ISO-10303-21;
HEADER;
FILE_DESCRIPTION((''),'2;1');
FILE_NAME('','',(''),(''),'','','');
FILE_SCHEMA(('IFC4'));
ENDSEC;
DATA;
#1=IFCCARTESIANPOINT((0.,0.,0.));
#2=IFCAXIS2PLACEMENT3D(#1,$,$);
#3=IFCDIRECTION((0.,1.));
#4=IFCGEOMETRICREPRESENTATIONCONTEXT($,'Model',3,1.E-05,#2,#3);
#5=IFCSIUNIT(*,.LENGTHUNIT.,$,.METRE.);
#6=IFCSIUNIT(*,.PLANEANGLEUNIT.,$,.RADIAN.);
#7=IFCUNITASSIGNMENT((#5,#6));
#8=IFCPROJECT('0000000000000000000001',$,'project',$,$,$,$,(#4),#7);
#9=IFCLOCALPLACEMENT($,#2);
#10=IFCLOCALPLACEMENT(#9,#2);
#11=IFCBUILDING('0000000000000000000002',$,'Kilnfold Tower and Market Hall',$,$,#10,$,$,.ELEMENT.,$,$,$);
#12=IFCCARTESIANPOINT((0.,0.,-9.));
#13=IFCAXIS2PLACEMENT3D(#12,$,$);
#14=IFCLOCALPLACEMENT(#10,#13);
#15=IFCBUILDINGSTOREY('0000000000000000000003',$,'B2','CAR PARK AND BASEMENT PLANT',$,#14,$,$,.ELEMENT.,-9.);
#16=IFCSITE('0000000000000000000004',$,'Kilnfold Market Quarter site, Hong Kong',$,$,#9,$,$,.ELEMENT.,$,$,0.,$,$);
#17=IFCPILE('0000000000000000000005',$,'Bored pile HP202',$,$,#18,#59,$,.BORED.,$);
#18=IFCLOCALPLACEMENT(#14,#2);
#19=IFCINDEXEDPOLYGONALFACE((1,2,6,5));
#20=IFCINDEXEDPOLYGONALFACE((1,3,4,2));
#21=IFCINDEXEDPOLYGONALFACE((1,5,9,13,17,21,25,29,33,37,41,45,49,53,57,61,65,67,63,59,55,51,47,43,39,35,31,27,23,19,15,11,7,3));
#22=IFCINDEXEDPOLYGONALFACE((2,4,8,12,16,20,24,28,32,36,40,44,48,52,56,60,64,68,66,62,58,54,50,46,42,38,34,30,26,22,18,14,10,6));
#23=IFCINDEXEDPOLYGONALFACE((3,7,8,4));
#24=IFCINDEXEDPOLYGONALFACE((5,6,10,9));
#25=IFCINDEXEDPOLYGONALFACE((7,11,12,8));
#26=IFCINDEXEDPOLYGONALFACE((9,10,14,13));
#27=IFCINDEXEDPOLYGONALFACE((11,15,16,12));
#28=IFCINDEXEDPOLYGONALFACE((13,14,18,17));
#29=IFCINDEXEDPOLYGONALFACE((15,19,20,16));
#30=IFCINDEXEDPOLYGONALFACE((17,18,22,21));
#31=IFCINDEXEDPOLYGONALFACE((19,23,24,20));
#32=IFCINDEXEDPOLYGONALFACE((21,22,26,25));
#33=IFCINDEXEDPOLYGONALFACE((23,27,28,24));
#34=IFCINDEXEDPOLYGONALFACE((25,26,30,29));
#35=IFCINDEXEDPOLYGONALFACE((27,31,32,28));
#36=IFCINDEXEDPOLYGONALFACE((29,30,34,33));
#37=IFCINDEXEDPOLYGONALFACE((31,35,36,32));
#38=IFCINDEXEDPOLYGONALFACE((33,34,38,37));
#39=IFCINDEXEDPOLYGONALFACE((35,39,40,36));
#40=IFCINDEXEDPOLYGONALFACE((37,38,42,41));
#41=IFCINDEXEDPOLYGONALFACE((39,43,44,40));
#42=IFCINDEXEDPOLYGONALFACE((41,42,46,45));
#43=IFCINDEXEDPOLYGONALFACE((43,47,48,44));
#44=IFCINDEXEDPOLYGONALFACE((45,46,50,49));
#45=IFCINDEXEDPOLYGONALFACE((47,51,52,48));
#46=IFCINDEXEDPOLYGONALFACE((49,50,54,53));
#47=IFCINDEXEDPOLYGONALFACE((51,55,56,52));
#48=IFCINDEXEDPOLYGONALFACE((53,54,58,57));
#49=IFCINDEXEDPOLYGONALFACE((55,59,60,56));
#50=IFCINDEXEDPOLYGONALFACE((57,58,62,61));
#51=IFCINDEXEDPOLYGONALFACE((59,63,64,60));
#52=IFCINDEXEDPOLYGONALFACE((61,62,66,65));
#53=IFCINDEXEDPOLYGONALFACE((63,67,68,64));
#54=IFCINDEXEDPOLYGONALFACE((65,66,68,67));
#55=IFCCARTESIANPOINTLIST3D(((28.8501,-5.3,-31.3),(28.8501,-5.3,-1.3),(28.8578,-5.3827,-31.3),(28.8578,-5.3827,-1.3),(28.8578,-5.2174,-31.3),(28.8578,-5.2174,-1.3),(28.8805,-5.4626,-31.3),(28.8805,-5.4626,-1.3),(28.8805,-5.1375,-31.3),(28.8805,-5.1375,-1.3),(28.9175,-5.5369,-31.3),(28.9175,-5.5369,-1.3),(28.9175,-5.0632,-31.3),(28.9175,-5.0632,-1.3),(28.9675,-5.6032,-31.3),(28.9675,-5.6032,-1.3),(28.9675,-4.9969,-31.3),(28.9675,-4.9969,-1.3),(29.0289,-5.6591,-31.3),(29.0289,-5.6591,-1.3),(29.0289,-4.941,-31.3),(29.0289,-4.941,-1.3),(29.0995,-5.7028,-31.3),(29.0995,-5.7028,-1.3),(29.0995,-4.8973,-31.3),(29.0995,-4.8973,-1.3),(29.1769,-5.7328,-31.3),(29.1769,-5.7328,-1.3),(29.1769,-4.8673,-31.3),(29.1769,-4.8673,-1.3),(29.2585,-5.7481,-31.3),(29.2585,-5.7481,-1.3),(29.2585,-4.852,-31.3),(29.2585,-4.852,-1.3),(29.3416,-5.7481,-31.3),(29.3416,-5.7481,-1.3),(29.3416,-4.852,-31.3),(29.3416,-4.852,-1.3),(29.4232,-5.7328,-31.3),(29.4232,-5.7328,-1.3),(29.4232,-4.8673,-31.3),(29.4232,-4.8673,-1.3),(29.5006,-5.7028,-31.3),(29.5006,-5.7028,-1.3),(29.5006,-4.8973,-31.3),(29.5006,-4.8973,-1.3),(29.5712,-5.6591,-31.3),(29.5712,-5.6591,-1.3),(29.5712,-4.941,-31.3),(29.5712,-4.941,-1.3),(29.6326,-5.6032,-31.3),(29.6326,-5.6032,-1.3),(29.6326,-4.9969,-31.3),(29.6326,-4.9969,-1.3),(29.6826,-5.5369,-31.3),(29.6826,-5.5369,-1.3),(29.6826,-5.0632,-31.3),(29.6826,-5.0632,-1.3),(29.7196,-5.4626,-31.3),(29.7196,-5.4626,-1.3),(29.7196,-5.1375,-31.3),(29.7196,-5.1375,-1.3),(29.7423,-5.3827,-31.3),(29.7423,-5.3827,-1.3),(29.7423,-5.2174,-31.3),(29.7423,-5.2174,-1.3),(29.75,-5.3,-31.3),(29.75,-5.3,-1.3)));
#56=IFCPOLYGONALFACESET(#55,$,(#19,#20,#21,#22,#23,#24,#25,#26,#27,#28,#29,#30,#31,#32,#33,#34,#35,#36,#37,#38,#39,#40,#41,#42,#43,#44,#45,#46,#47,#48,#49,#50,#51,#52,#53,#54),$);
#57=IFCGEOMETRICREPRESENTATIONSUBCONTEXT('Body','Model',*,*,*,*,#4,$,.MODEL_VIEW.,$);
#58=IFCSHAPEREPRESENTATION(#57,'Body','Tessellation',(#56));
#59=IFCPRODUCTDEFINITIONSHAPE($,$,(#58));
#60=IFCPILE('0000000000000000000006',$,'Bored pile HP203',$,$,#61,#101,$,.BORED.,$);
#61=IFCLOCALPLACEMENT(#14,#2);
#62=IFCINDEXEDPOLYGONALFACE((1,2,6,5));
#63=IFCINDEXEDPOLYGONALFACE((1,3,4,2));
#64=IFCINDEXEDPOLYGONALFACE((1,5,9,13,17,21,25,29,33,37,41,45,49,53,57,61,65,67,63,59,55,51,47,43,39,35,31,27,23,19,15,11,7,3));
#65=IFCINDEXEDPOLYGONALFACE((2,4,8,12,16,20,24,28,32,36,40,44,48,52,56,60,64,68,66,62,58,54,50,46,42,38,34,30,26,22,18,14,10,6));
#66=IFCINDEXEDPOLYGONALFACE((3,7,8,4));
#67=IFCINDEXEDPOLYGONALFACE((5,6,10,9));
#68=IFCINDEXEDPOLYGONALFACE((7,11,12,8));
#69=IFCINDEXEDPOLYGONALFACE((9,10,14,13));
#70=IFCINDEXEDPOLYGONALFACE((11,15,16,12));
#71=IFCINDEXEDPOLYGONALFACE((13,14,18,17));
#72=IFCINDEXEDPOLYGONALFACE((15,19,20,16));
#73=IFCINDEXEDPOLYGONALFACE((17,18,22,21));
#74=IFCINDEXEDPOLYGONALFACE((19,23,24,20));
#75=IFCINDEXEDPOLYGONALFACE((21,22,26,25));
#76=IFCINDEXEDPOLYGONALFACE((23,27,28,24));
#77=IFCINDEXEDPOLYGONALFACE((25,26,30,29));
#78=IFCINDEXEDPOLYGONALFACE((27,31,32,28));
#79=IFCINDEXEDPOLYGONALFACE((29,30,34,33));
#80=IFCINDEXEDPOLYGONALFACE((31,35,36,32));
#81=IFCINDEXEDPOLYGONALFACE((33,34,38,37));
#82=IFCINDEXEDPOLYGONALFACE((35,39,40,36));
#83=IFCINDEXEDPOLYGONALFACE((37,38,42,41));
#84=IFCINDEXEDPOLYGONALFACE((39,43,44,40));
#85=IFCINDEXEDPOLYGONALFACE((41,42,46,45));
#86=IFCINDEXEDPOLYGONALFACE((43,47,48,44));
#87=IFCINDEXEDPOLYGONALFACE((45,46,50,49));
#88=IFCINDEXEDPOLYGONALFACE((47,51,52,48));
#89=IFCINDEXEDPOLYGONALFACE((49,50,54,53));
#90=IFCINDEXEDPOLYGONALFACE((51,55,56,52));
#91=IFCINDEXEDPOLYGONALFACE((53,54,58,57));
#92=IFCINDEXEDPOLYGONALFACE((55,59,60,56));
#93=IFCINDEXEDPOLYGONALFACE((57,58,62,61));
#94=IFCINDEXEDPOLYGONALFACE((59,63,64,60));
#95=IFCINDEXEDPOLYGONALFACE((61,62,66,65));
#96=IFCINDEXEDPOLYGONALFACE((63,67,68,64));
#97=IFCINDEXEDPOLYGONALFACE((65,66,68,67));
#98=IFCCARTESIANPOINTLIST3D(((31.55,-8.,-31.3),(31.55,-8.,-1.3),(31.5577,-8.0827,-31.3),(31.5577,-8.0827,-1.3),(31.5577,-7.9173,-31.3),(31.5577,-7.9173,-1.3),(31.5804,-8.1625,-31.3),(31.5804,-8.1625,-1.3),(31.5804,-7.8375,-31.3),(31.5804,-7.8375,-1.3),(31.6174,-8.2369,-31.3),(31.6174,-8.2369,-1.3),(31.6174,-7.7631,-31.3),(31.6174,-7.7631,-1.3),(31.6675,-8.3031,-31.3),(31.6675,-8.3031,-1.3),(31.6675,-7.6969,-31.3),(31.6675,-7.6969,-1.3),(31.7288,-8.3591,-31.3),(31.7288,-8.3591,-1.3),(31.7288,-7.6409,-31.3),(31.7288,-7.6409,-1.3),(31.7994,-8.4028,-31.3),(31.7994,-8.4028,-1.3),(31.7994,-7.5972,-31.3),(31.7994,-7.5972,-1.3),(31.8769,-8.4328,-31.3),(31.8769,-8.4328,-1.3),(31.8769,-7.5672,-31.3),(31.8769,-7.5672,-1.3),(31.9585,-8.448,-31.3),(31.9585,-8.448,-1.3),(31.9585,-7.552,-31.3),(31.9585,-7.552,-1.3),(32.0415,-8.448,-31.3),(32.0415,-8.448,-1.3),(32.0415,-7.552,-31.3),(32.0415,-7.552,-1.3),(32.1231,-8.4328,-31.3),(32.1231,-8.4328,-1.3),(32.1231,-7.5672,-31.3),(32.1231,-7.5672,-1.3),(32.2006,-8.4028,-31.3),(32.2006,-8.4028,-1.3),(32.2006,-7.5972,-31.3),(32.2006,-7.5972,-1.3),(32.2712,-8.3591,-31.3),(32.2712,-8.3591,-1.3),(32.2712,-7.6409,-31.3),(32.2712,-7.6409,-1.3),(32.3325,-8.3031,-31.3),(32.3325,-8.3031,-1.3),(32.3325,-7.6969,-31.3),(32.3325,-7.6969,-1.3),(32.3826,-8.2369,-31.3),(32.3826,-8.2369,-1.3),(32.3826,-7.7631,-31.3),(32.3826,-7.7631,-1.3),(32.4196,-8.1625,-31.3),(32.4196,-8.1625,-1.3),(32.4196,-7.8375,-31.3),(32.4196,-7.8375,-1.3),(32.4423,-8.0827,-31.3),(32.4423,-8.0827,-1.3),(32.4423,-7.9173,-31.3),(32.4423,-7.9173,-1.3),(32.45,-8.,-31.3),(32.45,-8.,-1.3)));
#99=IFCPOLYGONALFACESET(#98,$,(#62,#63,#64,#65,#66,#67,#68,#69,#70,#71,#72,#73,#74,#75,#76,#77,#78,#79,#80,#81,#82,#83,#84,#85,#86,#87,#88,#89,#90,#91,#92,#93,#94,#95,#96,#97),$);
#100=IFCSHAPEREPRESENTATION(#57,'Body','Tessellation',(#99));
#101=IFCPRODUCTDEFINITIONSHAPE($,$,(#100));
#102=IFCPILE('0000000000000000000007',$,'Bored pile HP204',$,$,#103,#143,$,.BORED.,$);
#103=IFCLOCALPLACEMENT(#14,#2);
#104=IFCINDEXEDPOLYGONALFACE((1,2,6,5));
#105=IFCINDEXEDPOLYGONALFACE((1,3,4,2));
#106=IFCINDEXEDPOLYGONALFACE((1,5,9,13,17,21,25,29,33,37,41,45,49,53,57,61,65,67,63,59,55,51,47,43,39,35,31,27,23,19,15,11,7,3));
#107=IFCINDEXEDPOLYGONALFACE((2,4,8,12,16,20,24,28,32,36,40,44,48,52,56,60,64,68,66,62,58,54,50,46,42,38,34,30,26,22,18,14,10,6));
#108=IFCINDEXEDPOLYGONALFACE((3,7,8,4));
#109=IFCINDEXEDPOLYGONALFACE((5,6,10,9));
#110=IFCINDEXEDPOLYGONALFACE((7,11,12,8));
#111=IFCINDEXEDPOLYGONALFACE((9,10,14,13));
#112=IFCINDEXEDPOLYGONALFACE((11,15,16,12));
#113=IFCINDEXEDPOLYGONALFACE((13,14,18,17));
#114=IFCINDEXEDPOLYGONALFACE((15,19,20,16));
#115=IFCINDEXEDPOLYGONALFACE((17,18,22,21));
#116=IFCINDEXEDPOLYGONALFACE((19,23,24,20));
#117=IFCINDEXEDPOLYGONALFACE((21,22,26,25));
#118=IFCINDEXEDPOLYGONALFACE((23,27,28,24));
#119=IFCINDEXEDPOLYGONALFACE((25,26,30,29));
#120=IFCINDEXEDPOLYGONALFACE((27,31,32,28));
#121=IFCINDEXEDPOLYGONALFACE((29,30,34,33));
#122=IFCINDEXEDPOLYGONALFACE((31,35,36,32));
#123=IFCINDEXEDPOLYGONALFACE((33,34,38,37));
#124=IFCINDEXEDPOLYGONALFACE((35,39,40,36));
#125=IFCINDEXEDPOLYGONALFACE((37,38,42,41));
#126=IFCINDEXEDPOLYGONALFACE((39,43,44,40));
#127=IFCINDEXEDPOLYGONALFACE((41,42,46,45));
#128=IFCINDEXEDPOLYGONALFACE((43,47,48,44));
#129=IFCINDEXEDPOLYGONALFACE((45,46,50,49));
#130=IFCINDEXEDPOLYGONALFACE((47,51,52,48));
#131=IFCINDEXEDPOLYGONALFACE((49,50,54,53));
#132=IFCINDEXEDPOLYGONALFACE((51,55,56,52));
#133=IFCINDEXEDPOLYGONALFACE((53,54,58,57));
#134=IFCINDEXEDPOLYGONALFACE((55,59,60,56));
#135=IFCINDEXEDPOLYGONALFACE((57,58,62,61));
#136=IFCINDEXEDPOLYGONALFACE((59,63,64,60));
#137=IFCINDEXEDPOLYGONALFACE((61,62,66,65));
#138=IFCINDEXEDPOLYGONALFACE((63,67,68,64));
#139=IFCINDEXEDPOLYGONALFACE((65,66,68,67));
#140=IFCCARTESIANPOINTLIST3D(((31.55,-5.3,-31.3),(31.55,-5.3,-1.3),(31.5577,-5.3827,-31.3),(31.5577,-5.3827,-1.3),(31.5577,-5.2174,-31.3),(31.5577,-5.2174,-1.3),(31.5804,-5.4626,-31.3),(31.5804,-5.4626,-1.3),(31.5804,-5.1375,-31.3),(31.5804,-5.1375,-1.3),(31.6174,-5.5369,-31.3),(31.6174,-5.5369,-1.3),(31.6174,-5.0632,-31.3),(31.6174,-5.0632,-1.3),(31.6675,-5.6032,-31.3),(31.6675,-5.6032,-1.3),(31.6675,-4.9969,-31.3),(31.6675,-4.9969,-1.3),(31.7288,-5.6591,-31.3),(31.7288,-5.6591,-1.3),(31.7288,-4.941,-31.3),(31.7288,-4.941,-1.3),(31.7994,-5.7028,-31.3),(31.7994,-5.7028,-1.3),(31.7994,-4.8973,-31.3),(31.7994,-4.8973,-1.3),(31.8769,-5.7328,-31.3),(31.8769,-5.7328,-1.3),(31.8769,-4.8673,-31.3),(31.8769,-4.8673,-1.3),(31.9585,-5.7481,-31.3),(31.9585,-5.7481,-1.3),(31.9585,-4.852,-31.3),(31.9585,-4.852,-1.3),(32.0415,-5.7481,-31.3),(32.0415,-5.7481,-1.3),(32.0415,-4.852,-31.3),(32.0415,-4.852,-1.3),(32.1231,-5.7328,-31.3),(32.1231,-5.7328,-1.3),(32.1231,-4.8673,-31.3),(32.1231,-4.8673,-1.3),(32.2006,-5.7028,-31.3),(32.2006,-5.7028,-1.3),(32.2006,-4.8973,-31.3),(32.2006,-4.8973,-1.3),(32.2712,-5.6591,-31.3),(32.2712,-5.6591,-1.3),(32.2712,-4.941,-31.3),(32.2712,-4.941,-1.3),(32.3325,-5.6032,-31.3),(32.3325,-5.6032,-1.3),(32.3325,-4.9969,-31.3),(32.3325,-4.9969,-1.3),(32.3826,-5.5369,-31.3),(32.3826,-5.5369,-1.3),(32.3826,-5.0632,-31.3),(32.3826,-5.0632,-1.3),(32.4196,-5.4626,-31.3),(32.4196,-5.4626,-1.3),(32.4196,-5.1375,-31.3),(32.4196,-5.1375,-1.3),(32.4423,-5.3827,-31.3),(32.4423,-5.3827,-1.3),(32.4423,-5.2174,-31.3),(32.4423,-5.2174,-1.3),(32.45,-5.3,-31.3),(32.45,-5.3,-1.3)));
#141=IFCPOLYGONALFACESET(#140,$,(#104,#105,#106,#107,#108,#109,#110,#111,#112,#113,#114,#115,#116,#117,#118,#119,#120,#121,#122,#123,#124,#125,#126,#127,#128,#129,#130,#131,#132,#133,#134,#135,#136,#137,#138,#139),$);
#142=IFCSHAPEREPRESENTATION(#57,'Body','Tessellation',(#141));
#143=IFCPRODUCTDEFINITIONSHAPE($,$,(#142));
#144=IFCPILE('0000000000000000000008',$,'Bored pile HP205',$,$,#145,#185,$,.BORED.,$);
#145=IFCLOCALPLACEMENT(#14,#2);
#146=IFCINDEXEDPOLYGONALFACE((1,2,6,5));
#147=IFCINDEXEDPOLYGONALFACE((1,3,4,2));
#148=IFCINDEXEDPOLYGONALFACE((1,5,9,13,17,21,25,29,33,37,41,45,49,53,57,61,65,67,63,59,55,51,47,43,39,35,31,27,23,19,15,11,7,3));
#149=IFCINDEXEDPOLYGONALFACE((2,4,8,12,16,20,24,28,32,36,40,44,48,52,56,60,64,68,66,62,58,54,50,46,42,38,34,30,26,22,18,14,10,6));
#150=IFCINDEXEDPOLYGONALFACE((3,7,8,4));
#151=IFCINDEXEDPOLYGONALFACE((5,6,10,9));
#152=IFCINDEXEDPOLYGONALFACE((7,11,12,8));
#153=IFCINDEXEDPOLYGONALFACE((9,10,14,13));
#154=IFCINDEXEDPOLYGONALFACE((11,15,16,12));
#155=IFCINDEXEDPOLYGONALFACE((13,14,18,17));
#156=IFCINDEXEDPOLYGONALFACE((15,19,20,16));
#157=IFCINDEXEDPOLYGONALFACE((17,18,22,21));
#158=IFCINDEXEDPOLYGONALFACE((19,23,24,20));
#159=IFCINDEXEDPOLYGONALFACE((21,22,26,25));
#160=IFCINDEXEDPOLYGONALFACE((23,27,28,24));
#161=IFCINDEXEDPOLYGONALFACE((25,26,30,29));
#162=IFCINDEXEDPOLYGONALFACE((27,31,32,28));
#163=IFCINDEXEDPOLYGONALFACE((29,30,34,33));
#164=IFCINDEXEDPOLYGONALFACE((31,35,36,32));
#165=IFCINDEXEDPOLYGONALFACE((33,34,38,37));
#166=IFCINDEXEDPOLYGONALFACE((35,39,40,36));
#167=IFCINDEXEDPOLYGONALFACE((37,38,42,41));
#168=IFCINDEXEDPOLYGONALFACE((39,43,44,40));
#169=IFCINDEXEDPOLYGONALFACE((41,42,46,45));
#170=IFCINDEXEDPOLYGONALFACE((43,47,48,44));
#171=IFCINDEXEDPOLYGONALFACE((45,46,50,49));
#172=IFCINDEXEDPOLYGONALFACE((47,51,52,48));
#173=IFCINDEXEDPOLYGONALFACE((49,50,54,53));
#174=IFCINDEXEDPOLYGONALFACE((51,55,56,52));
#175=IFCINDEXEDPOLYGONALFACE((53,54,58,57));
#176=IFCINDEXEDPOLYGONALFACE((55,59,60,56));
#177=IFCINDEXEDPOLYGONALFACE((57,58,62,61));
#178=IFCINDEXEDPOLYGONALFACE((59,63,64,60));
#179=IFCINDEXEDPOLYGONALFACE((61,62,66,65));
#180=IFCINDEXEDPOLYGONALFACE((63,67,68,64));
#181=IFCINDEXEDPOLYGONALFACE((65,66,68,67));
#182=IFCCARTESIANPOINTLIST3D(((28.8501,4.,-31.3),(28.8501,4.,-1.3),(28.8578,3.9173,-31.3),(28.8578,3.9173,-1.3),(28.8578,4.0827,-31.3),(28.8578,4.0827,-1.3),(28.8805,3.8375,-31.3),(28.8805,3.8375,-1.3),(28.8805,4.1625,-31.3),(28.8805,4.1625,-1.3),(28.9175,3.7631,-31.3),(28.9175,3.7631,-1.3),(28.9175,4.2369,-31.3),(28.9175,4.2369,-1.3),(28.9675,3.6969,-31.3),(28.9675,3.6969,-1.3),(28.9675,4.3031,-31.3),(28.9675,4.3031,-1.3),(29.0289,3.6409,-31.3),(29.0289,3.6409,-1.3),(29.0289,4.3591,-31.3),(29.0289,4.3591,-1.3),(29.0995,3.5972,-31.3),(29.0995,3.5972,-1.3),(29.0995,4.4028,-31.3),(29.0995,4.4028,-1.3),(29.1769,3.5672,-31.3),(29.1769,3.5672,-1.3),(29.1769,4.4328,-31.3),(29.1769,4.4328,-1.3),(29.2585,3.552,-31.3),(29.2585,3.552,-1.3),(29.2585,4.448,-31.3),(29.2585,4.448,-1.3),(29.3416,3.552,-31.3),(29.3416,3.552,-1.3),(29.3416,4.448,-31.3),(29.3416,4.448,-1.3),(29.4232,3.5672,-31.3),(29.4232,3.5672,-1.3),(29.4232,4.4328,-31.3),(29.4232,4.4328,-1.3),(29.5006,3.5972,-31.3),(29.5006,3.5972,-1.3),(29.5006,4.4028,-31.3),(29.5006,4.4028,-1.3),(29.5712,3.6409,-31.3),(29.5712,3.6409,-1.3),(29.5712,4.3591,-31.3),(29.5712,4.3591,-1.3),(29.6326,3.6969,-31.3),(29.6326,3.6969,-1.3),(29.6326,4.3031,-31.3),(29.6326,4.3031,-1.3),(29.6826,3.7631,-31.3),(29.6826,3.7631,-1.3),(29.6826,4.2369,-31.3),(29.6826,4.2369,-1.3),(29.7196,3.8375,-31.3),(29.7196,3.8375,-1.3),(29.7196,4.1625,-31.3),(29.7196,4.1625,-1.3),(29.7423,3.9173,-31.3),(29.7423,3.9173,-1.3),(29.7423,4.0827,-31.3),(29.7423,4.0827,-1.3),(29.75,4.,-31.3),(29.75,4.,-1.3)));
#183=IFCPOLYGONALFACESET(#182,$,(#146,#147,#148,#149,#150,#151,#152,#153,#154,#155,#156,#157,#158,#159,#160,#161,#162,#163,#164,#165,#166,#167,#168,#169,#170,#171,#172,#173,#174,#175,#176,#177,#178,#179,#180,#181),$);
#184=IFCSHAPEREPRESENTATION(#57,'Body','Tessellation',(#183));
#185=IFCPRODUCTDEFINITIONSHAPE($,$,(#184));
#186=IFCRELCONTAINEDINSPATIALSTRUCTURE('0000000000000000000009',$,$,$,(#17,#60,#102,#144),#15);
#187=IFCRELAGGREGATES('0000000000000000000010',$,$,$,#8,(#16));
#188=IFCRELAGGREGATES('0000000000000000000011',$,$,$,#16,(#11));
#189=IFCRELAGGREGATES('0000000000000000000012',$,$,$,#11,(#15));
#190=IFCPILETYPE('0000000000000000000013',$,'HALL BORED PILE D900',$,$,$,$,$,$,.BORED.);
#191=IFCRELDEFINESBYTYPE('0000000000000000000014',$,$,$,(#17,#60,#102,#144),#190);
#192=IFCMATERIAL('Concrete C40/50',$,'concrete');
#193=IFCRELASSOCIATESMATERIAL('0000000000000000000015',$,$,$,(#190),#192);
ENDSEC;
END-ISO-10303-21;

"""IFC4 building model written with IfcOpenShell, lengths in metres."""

from ifc_helpers import new_model, si_unit, direction, frame, origin, origin_2d, place, context, subcontext, project, spatial, circle, extrude, source, transform, mapped, material, material_profile, profile_set, type_object, element, save


model = new_model("IFC4")

# Units and contexts
model_context = context("Model", 3, precision=1e-05, world=origin(), true_north=direction((0.0, 1.0)))
body_context = subcontext(model_context, "Body", "Model", "MODEL_VIEW")
ifc_project = project(units=[si_unit("LENGTHUNIT", "METRE"), si_unit("PLANEANGLEUNIT", "RADIAN")], contexts=[model_context])

# Site, building, storey
site_placement = place(None, origin())
site = spatial("IfcSite", under=ifc_project, at=site_placement, Name="Kilnfold Market Quarter site, Hong Kong", CompositionType="ELEMENT", RefElevation=0.0)
building_placement = place(site_placement, origin())
building = spatial("IfcBuilding", under=site, at=building_placement, Name="Kilnfold Tower and Market Hall", CompositionType="ELEMENT")
storey_placement = place(building_placement, frame((0.0, 0.0, -9.0)))
storey = spatial("IfcBuildingStorey", under=building, at=storey_placement, Name="B2", Description="CAR PARK AND BASEMENT PLANT", CompositionType="ELEMENT", Elevation=-9.0)

# Piles
ifc_material_1 = material(Name="Concrete C40/50", Category="concrete")
ifc_material_profile_1 = material_profile(ifc_material_1, circle(Radius=0.45, at=origin_2d()), Name="D900")
ifc_profile_set_1 = profile_set([ifc_material_profile_1], Name="Concrete C40/50")
pile_type = type_object("IfcPileType", Name="HALL BORED PILE D900", PredefinedType="BORED", material=ifc_profile_set_1)
shared_shape_1 = source(origin(), body_context, "Body", "SweptSolid", [
    extrude(circle(Radius=0.45, at=origin_2d()), origin(), (0.0, 0.0, 1.0), 30.0),
])
for number, where, z_axis, x_axis, name in (
    (1, (29.3, -5.3, -1.3), (0.0, 0.0, -1.0), (1.0, 0.0, 0.0), "Bored pile HP202"),
    (2, (32.0, -8.0, -1.3), (0.0, 0.0, -1.0), (1.0, 0.0, 0.0), "Bored pile HP203"),
    (3, (32.0, -5.3, -1.3), (0.0, 0.0, -1.0), (1.0, 0.0, 0.0), "Bored pile HP204"),
    (4, (29.3, 4.0, -1.3), (0.0, 0.0, -1.0), (1.0, 0.0, 0.0), "Bored pile HP205"),
):
    element("IfcPile", number, at=place(storey_placement, frame(where, z_axis=z_axis, x_axis=x_axis)), inside=storey, type_object=pile_type, Name=name, PredefinedType="BORED", context=body_context, shape_type="MappedRepresentation", body=[
        mapped(shared_shape_1, transform((0.0, 0.0, 0.0))),
    ])

save(model, "model.ifc")
